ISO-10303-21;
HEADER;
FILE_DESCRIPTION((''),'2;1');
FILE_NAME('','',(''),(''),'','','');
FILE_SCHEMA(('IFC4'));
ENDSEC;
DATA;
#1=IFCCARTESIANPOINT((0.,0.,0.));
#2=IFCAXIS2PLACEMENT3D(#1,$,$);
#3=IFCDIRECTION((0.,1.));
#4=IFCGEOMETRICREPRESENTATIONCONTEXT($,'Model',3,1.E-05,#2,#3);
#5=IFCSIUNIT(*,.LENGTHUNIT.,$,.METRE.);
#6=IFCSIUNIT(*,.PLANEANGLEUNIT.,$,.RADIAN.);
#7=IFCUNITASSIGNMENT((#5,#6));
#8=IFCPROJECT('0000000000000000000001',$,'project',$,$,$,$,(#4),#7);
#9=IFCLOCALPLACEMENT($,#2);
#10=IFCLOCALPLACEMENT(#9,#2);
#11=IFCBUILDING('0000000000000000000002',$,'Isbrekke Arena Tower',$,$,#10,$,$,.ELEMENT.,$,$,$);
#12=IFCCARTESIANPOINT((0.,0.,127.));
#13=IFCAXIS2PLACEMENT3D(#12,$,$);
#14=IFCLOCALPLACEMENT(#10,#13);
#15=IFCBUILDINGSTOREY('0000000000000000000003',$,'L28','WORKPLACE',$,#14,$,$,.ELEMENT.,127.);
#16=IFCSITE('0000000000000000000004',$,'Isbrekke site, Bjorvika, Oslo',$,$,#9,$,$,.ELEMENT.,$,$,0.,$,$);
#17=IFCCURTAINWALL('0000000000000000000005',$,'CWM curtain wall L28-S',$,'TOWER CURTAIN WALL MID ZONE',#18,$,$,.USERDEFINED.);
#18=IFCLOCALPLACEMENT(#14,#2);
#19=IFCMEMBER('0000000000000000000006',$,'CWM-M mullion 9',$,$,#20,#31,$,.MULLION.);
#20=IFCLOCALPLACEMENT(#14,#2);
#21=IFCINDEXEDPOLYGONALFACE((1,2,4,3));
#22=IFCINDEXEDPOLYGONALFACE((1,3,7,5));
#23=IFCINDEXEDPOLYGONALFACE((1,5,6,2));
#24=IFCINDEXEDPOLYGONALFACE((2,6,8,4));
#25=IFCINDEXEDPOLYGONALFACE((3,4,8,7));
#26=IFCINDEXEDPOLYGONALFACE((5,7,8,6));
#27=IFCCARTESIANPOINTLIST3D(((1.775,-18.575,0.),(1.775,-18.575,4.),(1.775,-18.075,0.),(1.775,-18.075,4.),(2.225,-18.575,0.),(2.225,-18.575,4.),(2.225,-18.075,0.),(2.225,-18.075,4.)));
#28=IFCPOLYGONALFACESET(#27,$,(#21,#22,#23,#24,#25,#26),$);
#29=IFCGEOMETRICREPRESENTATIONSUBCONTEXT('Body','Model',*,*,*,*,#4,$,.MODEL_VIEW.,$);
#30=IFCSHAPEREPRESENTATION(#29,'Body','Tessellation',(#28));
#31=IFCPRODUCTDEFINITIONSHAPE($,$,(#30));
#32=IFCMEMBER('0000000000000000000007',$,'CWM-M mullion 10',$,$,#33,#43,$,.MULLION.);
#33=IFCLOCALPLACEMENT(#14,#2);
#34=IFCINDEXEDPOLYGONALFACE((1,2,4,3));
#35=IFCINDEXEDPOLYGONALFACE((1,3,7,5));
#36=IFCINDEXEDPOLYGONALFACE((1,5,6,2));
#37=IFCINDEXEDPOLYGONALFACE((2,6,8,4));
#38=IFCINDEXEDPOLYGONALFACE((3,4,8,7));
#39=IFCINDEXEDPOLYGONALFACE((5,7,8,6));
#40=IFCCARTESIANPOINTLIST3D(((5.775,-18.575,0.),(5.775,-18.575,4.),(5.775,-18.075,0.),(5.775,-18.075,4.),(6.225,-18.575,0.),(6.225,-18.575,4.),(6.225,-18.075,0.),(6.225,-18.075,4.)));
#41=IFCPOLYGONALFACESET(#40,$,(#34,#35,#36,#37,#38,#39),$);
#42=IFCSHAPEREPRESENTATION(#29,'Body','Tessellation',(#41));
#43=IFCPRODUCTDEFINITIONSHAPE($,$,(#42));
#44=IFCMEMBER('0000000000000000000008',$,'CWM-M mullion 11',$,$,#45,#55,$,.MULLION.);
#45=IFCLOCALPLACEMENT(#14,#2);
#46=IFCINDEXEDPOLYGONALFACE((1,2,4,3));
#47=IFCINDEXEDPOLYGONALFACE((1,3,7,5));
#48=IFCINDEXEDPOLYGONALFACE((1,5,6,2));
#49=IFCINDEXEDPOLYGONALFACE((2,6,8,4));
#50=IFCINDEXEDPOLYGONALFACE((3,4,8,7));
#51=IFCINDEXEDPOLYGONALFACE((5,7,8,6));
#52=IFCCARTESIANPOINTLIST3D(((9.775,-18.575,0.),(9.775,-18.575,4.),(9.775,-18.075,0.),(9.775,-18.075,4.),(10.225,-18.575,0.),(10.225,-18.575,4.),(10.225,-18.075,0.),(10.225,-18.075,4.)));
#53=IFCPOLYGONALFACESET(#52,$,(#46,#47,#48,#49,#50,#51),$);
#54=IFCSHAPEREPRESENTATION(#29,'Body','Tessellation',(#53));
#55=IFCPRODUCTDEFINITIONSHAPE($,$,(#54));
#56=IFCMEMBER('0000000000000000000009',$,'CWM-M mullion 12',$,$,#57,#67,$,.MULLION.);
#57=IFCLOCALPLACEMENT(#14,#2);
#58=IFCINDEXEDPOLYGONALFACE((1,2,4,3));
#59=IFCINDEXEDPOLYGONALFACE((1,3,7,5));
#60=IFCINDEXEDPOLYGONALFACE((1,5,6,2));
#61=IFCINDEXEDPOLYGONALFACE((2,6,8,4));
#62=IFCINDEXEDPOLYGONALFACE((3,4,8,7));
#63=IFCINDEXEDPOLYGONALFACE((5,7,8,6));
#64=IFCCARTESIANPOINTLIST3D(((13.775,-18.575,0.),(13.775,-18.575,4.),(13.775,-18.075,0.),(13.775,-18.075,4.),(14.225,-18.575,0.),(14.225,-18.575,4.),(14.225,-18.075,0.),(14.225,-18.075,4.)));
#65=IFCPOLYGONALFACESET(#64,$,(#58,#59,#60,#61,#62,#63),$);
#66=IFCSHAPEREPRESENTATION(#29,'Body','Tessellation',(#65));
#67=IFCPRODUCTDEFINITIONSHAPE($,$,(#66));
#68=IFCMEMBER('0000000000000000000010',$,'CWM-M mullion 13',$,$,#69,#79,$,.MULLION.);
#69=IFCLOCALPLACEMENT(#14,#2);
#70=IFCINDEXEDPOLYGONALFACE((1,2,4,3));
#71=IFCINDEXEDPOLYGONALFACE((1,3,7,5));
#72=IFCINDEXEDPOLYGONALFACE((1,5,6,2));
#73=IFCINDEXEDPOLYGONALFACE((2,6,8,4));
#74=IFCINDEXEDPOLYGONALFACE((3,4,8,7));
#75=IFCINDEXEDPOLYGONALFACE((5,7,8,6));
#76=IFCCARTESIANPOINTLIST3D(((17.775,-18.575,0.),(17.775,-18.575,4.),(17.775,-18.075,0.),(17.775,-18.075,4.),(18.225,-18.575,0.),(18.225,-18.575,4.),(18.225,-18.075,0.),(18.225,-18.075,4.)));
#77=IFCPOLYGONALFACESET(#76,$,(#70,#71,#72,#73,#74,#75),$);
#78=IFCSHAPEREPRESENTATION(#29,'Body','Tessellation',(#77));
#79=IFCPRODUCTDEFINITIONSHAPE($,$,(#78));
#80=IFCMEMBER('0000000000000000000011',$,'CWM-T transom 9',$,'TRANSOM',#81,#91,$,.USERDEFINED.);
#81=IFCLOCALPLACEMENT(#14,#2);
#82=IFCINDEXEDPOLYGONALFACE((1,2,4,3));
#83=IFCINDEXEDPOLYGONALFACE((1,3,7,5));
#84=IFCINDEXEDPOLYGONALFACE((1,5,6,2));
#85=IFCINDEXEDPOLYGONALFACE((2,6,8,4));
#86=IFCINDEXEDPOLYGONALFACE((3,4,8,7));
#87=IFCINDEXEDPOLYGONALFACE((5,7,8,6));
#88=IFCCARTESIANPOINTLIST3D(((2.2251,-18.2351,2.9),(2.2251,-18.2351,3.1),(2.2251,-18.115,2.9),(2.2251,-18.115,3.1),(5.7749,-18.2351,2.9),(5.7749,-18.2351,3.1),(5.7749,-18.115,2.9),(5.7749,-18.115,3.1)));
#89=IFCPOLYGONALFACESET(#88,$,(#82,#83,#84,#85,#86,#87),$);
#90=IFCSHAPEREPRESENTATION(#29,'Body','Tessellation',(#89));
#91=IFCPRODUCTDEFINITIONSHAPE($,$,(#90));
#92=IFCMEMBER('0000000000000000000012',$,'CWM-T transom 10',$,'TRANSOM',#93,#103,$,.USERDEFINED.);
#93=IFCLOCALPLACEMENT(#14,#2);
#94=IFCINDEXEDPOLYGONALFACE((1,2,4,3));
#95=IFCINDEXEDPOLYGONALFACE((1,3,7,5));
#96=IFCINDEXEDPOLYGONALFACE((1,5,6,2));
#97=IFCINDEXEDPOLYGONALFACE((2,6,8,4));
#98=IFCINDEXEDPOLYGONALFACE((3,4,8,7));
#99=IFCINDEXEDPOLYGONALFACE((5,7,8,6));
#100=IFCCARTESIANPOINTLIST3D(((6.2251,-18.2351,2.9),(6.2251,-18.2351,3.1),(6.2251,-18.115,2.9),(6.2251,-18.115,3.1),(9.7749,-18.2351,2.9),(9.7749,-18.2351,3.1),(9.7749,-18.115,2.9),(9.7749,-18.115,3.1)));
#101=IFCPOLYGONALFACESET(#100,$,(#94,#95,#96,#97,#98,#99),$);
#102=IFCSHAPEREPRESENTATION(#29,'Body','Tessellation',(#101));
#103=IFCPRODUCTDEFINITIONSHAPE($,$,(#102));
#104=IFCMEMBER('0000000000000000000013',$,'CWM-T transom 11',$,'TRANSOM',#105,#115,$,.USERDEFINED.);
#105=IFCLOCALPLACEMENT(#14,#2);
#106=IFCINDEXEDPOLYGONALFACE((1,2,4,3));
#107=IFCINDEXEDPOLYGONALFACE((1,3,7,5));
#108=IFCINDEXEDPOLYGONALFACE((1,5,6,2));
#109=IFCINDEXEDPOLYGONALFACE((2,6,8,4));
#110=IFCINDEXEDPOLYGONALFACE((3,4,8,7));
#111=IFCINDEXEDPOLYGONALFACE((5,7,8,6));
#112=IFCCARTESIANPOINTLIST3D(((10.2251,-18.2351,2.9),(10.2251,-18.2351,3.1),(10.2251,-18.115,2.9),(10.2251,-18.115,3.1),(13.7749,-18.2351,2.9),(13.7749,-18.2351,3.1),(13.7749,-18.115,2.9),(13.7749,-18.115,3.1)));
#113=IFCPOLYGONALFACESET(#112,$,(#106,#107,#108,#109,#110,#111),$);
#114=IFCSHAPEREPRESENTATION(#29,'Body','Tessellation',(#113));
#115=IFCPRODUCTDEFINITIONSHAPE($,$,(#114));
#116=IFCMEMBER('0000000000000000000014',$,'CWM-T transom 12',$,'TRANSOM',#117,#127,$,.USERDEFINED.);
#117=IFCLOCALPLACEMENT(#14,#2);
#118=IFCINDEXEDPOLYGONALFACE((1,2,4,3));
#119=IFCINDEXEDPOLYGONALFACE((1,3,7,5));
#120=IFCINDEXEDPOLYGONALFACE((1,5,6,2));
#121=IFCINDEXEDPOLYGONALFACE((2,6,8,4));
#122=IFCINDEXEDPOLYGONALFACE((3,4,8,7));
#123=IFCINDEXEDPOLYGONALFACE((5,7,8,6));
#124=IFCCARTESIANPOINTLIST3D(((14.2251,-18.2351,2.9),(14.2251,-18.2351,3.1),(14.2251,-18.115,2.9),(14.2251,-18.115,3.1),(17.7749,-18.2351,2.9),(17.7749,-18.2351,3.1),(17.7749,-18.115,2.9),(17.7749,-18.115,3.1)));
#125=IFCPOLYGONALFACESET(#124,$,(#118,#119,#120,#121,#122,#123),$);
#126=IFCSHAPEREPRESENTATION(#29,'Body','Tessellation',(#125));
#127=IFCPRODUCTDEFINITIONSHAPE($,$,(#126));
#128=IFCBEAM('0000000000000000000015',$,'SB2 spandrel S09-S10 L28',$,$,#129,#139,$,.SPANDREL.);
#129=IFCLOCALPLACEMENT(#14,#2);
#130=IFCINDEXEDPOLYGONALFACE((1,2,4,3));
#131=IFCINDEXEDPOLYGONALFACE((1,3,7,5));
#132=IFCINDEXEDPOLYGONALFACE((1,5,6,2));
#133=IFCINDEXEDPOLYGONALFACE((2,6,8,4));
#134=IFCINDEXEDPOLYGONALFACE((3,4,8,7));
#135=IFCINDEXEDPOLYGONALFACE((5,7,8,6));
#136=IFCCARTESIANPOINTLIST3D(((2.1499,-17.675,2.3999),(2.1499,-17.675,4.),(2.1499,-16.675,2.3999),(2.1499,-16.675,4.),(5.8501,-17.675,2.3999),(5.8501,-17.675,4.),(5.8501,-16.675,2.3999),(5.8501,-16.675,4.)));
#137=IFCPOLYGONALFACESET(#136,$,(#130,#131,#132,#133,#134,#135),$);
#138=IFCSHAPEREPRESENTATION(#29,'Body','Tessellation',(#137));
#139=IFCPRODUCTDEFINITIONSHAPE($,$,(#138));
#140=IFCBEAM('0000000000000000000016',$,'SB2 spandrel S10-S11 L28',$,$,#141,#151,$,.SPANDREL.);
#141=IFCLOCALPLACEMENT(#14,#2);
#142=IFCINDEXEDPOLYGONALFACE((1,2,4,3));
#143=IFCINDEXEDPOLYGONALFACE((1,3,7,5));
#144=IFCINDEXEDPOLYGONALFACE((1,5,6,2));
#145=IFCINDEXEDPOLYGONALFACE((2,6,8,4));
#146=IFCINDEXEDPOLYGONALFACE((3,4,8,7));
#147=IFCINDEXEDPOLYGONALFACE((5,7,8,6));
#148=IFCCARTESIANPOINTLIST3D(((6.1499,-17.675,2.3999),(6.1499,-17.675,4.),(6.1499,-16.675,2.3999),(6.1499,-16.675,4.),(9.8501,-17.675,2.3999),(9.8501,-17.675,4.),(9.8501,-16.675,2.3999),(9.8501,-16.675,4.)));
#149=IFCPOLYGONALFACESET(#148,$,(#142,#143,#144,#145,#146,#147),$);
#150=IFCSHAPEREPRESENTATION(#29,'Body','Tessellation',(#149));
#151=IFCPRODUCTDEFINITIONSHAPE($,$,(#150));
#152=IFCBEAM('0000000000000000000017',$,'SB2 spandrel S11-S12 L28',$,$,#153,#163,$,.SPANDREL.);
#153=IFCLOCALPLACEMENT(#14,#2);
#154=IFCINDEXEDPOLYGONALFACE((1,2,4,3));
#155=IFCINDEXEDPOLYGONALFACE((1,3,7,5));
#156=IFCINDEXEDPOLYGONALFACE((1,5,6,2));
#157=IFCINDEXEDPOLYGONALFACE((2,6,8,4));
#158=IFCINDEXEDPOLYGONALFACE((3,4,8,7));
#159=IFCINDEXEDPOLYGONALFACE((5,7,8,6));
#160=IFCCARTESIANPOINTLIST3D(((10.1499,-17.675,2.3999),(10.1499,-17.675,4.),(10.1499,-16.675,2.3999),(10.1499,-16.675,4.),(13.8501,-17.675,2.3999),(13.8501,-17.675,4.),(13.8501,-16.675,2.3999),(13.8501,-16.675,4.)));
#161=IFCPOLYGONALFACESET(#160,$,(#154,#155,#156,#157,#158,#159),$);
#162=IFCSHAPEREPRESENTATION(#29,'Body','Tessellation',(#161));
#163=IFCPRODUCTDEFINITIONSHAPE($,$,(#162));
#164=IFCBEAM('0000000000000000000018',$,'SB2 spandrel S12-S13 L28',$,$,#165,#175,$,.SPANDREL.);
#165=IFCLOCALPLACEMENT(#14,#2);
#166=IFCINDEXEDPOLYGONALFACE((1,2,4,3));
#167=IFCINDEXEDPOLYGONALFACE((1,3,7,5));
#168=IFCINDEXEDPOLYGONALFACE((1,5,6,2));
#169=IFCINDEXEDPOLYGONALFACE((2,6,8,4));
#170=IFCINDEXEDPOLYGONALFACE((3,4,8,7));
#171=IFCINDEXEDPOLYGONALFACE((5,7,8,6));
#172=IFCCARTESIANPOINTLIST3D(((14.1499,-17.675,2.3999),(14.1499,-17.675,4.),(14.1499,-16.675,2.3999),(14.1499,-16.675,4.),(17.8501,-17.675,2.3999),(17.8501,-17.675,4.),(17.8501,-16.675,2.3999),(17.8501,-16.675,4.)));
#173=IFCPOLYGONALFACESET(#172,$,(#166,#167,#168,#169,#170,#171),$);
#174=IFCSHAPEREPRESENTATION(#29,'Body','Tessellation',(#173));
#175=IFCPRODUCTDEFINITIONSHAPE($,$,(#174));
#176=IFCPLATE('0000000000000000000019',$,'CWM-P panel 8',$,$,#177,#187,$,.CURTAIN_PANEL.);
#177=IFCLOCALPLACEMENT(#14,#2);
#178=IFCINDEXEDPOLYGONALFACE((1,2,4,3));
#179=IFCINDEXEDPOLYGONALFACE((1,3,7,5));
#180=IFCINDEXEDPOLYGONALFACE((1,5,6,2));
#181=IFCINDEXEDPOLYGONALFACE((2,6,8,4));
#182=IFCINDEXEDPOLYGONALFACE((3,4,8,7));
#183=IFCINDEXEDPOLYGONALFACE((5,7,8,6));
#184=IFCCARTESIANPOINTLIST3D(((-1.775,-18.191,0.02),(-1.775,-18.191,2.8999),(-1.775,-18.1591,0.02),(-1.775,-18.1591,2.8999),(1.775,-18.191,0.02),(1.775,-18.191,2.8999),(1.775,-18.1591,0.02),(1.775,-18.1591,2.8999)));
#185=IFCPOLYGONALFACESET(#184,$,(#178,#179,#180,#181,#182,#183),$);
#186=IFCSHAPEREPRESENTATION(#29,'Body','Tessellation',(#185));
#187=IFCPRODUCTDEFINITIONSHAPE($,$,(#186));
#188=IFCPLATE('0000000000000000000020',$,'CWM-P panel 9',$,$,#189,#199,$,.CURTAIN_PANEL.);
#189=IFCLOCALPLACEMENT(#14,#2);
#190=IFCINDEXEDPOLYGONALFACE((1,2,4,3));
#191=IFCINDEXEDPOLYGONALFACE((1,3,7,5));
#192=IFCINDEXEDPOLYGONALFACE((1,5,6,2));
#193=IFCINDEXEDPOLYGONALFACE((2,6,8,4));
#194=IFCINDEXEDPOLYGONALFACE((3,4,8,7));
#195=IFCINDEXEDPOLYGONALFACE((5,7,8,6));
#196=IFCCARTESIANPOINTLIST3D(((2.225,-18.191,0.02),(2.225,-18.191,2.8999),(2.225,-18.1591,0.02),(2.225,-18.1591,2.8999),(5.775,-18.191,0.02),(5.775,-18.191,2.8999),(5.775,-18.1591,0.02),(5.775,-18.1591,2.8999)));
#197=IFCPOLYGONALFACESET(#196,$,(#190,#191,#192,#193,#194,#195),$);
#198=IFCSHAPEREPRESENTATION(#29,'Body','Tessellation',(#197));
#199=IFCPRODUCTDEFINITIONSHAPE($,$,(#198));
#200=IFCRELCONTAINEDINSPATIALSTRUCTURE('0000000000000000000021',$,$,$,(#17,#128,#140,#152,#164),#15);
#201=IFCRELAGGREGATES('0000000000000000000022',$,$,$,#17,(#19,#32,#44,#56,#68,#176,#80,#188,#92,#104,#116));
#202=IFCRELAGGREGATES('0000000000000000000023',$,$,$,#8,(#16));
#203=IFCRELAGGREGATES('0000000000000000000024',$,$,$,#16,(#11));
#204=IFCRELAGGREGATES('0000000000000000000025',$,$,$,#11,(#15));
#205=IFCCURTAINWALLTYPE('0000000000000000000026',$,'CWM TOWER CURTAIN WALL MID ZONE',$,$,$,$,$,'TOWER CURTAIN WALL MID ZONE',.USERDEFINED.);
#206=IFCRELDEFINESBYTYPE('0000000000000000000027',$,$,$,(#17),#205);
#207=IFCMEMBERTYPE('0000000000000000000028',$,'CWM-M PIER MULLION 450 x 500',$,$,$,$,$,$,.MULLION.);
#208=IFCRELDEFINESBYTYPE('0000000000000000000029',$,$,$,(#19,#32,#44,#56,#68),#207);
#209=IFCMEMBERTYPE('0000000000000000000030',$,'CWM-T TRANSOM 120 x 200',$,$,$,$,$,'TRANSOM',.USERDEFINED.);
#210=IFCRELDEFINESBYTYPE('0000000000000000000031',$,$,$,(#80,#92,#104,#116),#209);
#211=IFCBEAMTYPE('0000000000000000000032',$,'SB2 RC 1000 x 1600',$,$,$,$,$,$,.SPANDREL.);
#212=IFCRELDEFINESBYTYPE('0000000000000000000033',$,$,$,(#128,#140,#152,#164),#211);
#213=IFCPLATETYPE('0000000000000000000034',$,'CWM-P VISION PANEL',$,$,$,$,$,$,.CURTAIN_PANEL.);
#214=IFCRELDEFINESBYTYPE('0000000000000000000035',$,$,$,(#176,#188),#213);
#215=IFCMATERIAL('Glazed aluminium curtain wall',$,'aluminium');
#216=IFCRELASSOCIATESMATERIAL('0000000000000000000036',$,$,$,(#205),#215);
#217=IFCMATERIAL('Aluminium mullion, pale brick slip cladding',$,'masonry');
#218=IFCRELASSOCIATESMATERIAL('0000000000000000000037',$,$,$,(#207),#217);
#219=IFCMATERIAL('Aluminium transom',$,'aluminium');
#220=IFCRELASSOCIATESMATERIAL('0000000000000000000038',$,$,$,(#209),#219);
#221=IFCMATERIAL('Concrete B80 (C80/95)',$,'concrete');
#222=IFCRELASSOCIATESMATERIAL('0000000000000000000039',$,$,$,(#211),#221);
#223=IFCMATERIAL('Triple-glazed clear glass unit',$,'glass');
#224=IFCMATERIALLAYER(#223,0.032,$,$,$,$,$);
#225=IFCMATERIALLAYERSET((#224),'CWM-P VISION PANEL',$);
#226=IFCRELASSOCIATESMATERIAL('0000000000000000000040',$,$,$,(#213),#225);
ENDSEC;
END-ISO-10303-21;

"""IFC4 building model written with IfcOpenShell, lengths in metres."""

from ifc_helpers import new_model, si_unit, direction, frame, origin, origin_2d, place, context, subcontext, project, spatial, rectangle, extrude, material, layer, layer_set, material_profile, profile_set, type_object, element, aggregate, save


model = new_model("IFC4")

# Units and contexts
model_context = context("Model", 3, precision=1e-05, world=origin(), true_north=direction((0.0, 1.0)))
body_context = subcontext(model_context, "Body", "Model", "MODEL_VIEW")
ifc_project = project(units=[si_unit("LENGTHUNIT", "METRE"), si_unit("PLANEANGLEUNIT", "RADIAN")], contexts=[model_context])

# Site, building, storey
site_placement = place(None, origin())
site = spatial("IfcSite", under=ifc_project, at=site_placement, Name="Isbrekke site, Bjorvika, Oslo", CompositionType="ELEMENT", RefElevation=0.0)
building_placement = place(site_placement, origin())
building = spatial("IfcBuilding", under=site, at=building_placement, Name="Isbrekke Arena Tower", CompositionType="ELEMENT")
storey_placement = place(building_placement, frame((0.0, 0.0, 127.0)))
storey = spatial("IfcBuildingStorey", under=building, at=storey_placement, Name="L28", Description="WORKPLACE", CompositionType="ELEMENT", Elevation=127.0)

# Curtain wall, members
ifc_material_1 = material(Name="Glazed aluminium curtain wall", Category="aluminium")
curtain_wall_type = type_object("IfcCurtainWallType", Name="CWM TOWER CURTAIN WALL MID ZONE", ElementType="TOWER CURTAIN WALL MID ZONE", PredefinedType="USERDEFINED", material=ifc_material_1)
curtain_wall_placement = place(storey_placement, origin())
curtain_wall = element("IfcCurtainWall", 1, at=curtain_wall_placement, inside=storey, type_object=curtain_wall_type, Name="CWM curtain wall L28-S", ObjectType="TOWER CURTAIN WALL MID ZONE", PredefinedType="USERDEFINED")
ifc_material_2 = material(Name="Aluminium mullion, pale brick slip cladding", Category="masonry")
ifc_material_profile_1 = material_profile(ifc_material_2, rectangle(XDim=0.45, YDim=0.5, at=origin_2d()), Name="PIER 450X500")
ifc_profile_set_1 = profile_set([ifc_material_profile_1], Name="Aluminium mullion, pale brick slip cladding")
member_type_1 = type_object("IfcMemberType", Name="CWM-M PIER MULLION 450 x 500", PredefinedType="MULLION", material=ifc_profile_set_1)
member_1_placement = place(storey_placement, frame((2.0, -18.325, 0.0), z_axis=(0.0, 0.0, 1.0), x_axis=(1.0, 0.0, 0.0)))
member_1 = element("IfcMember", 2, at=member_1_placement, type_object=member_type_1, Name="CWM-M mullion 9", PredefinedType="MULLION", context=body_context, shape_type="SweptSolid", body=[
    extrude(rectangle(XDim=0.45, YDim=0.5, at=origin_2d()), origin(), (0.0, 0.0, 1.0), 4.0),
])
member_2_placement = place(storey_placement, frame((6.0, -18.325, 0.0), z_axis=(0.0, 0.0, 1.0), x_axis=(1.0, 0.0, 0.0)))
member_2 = element("IfcMember", 3, at=member_2_placement, type_object=member_type_1, Name="CWM-M mullion 10", PredefinedType="MULLION", context=body_context, shape_type="SweptSolid", body=[
    extrude(rectangle(XDim=0.45, YDim=0.5, at=origin_2d()), origin(), (0.0, 0.0, 1.0), 4.0),
])
member_3_placement = place(storey_placement, frame((10.0, -18.325, 0.0), z_axis=(0.0, 0.0, 1.0), x_axis=(1.0, 0.0, 0.0)))
member_3 = element("IfcMember", 4, at=member_3_placement, type_object=member_type_1, Name="CWM-M mullion 11", PredefinedType="MULLION", context=body_context, shape_type="SweptSolid", body=[
    extrude(rectangle(XDim=0.45, YDim=0.5, at=origin_2d()), origin(), (0.0, 0.0, 1.0), 4.0),
])
member_4_placement = place(storey_placement, frame((14.0, -18.325, 0.0), z_axis=(0.0, 0.0, 1.0), x_axis=(1.0, 0.0, 0.0)))
member_4 = element("IfcMember", 5, at=member_4_placement, type_object=member_type_1, Name="CWM-M mullion 12", PredefinedType="MULLION", context=body_context, shape_type="SweptSolid", body=[
    extrude(rectangle(XDim=0.45, YDim=0.5, at=origin_2d()), origin(), (0.0, 0.0, 1.0), 4.0),
])
member_5_placement = place(storey_placement, frame((18.0, -18.325, 0.0), z_axis=(0.0, 0.0, 1.0), x_axis=(1.0, 0.0, 0.0)))
member_5 = element("IfcMember", 6, at=member_5_placement, type_object=member_type_1, Name="CWM-M mullion 13", PredefinedType="MULLION", context=body_context, shape_type="SweptSolid", body=[
    extrude(rectangle(XDim=0.45, YDim=0.5, at=origin_2d()), origin(), (0.0, 0.0, 1.0), 4.0),
])
ifc_material_3 = material(Name="Aluminium transom", Category="aluminium")
ifc_material_profile_2 = material_profile(ifc_material_3, rectangle(XDim=0.1201, YDim=0.2, at=origin_2d()), Name="TRANSOM 120X200")
ifc_profile_set_2 = profile_set([ifc_material_profile_2], Name="Aluminium transom")
member_type_2 = type_object("IfcMemberType", Name="CWM-T TRANSOM 120 x 200", ElementType="TRANSOM", PredefinedType="USERDEFINED", material=ifc_profile_set_2)
member_6_placement = place(storey_placement, frame((2.2251, -18.175, 3.0), z_axis=(1.0, 0.0, 0.0), x_axis=(0.0, 1.0, 0.0)))
member_6 = element("IfcMember", 7, at=member_6_placement, type_object=member_type_2, Name="CWM-T transom 9", ObjectType="TRANSOM", PredefinedType="USERDEFINED", context=body_context, shape_type="SweptSolid", body=[
    extrude(rectangle(XDim=0.1201, YDim=0.2, at=origin_2d()), origin(), (0.0, 0.0, 1.0), 3.5498),
])
member_7_placement = place(storey_placement, frame((6.2251, -18.175, 3.0), z_axis=(1.0, 0.0, 0.0), x_axis=(0.0, 1.0, 0.0)))
member_7 = element("IfcMember", 8, at=member_7_placement, type_object=member_type_2, Name="CWM-T transom 10", ObjectType="TRANSOM", PredefinedType="USERDEFINED", context=body_context, shape_type="SweptSolid", body=[
    extrude(rectangle(XDim=0.1201, YDim=0.2, at=origin_2d()), origin(), (0.0, 0.0, 1.0), 3.5498),
])
member_8_placement = place(storey_placement, frame((10.2251, -18.175, 3.0), z_axis=(1.0, 0.0, 0.0), x_axis=(0.0, 1.0, 0.0)))
member_8 = element("IfcMember", 9, at=member_8_placement, type_object=member_type_2, Name="CWM-T transom 11", ObjectType="TRANSOM", PredefinedType="USERDEFINED", context=body_context, shape_type="SweptSolid", body=[
    extrude(rectangle(XDim=0.1201, YDim=0.2, at=origin_2d()), origin(), (0.0, 0.0, 1.0), 3.5498),
])
member_9_placement = place(storey_placement, frame((14.2251, -18.175, 3.0), z_axis=(1.0, 0.0, 0.0), x_axis=(0.0, 1.0, 0.0)))
member_9 = element("IfcMember", 10, at=member_9_placement, type_object=member_type_2, Name="CWM-T transom 12", ObjectType="TRANSOM", PredefinedType="USERDEFINED", context=body_context, shape_type="SweptSolid", body=[
    extrude(rectangle(XDim=0.1201, YDim=0.2, at=origin_2d()), origin(), (0.0, 0.0, 1.0), 3.5498),
])

# Beams
ifc_material_4 = material(Name="Concrete B80 (C80/95)", Category="concrete")
ifc_material_profile_3 = material_profile(ifc_material_4, rectangle(XDim=1.0, YDim=1.6001, at=origin_2d()), Name="RC 1000x1600")
ifc_profile_set_3 = profile_set([ifc_material_profile_3], Name="Concrete B80 (C80/95)")
beam_type_1 = type_object("IfcBeamType", Name="SB2 RC 1000 x 1600", PredefinedType="SPANDREL", material=ifc_profile_set_3)
for number, where, z_axis, x_axis, name in (
    (11, (2.1499, -17.175, 3.2), (1.0, 0.0, 0.0), (0.0, 1.0, 0.0), "SB2 spandrel S09-S10 L28"),
    (12, (6.1499, -17.175, 3.2), (1.0, 0.0, 0.0), (0.0, 1.0, 0.0), "SB2 spandrel S10-S11 L28"),
    (13, (10.1499, -17.175, 3.2), (1.0, 0.0, 0.0), (0.0, 1.0, 0.0), "SB2 spandrel S11-S12 L28"),
    (14, (14.1499, -17.175, 3.2), (1.0, 0.0, 0.0), (0.0, 1.0, 0.0), "SB2 spandrel S12-S13 L28"),
):
    element("IfcBeam", number, at=place(storey_placement, frame(where, z_axis=z_axis, x_axis=x_axis)), inside=storey, type_object=beam_type_1, Name=name, PredefinedType="SPANDREL", context=body_context, shape_type="SweptSolid", body=[
        extrude(rectangle(XDim=1.0, YDim=1.6001, at=origin_2d()), origin(), (0.0, 0.0, 1.0), 3.7002),
    ])

# Plates
ifc_material_5 = material(Name="Triple-glazed clear glass unit", Category="glass")
ifc_layer = layer(ifc_material_5, 0.032)
ifc_layer_set = layer_set([ifc_layer], Name="CWM-P VISION PANEL")
plate_type = type_object("IfcPlateType", Name="CWM-P VISION PANEL", PredefinedType="CURTAIN_PANEL", material=ifc_layer_set)
plate_1_placement = place(storey_placement, frame((0.0, -18.175, 0.02), z_axis=(0.0, 0.0, 1.0), x_axis=(1.0, 0.0, 0.0)))
plate_1 = element("IfcPlate", 15, at=plate_1_placement, type_object=plate_type, Name="CWM-P panel 8", PredefinedType="CURTAIN_PANEL", context=body_context, shape_type="SweptSolid", body=[
    extrude(rectangle(XDim=3.55, YDim=0.032, at=origin_2d()), origin(), (0.0, 0.0, 1.0), 2.8799),
])
plate_2_placement = place(storey_placement, frame((4.0, -18.175, 0.02), z_axis=(0.0, 0.0, 1.0), x_axis=(1.0, 0.0, 0.0)))
plate_2 = element("IfcPlate", 16, at=plate_2_placement, type_object=plate_type, Name="CWM-P panel 9", PredefinedType="CURTAIN_PANEL", context=body_context, shape_type="SweptSolid", body=[
    extrude(rectangle(XDim=3.55, YDim=0.032, at=origin_2d()), origin(), (0.0, 0.0, 1.0), 2.8799),
])
aggregate(curtain_wall, [member_1, member_2, member_3, member_4, member_5, plate_1, member_6, plate_2, member_7, member_8, member_9])

save(model, "model.ifc")
